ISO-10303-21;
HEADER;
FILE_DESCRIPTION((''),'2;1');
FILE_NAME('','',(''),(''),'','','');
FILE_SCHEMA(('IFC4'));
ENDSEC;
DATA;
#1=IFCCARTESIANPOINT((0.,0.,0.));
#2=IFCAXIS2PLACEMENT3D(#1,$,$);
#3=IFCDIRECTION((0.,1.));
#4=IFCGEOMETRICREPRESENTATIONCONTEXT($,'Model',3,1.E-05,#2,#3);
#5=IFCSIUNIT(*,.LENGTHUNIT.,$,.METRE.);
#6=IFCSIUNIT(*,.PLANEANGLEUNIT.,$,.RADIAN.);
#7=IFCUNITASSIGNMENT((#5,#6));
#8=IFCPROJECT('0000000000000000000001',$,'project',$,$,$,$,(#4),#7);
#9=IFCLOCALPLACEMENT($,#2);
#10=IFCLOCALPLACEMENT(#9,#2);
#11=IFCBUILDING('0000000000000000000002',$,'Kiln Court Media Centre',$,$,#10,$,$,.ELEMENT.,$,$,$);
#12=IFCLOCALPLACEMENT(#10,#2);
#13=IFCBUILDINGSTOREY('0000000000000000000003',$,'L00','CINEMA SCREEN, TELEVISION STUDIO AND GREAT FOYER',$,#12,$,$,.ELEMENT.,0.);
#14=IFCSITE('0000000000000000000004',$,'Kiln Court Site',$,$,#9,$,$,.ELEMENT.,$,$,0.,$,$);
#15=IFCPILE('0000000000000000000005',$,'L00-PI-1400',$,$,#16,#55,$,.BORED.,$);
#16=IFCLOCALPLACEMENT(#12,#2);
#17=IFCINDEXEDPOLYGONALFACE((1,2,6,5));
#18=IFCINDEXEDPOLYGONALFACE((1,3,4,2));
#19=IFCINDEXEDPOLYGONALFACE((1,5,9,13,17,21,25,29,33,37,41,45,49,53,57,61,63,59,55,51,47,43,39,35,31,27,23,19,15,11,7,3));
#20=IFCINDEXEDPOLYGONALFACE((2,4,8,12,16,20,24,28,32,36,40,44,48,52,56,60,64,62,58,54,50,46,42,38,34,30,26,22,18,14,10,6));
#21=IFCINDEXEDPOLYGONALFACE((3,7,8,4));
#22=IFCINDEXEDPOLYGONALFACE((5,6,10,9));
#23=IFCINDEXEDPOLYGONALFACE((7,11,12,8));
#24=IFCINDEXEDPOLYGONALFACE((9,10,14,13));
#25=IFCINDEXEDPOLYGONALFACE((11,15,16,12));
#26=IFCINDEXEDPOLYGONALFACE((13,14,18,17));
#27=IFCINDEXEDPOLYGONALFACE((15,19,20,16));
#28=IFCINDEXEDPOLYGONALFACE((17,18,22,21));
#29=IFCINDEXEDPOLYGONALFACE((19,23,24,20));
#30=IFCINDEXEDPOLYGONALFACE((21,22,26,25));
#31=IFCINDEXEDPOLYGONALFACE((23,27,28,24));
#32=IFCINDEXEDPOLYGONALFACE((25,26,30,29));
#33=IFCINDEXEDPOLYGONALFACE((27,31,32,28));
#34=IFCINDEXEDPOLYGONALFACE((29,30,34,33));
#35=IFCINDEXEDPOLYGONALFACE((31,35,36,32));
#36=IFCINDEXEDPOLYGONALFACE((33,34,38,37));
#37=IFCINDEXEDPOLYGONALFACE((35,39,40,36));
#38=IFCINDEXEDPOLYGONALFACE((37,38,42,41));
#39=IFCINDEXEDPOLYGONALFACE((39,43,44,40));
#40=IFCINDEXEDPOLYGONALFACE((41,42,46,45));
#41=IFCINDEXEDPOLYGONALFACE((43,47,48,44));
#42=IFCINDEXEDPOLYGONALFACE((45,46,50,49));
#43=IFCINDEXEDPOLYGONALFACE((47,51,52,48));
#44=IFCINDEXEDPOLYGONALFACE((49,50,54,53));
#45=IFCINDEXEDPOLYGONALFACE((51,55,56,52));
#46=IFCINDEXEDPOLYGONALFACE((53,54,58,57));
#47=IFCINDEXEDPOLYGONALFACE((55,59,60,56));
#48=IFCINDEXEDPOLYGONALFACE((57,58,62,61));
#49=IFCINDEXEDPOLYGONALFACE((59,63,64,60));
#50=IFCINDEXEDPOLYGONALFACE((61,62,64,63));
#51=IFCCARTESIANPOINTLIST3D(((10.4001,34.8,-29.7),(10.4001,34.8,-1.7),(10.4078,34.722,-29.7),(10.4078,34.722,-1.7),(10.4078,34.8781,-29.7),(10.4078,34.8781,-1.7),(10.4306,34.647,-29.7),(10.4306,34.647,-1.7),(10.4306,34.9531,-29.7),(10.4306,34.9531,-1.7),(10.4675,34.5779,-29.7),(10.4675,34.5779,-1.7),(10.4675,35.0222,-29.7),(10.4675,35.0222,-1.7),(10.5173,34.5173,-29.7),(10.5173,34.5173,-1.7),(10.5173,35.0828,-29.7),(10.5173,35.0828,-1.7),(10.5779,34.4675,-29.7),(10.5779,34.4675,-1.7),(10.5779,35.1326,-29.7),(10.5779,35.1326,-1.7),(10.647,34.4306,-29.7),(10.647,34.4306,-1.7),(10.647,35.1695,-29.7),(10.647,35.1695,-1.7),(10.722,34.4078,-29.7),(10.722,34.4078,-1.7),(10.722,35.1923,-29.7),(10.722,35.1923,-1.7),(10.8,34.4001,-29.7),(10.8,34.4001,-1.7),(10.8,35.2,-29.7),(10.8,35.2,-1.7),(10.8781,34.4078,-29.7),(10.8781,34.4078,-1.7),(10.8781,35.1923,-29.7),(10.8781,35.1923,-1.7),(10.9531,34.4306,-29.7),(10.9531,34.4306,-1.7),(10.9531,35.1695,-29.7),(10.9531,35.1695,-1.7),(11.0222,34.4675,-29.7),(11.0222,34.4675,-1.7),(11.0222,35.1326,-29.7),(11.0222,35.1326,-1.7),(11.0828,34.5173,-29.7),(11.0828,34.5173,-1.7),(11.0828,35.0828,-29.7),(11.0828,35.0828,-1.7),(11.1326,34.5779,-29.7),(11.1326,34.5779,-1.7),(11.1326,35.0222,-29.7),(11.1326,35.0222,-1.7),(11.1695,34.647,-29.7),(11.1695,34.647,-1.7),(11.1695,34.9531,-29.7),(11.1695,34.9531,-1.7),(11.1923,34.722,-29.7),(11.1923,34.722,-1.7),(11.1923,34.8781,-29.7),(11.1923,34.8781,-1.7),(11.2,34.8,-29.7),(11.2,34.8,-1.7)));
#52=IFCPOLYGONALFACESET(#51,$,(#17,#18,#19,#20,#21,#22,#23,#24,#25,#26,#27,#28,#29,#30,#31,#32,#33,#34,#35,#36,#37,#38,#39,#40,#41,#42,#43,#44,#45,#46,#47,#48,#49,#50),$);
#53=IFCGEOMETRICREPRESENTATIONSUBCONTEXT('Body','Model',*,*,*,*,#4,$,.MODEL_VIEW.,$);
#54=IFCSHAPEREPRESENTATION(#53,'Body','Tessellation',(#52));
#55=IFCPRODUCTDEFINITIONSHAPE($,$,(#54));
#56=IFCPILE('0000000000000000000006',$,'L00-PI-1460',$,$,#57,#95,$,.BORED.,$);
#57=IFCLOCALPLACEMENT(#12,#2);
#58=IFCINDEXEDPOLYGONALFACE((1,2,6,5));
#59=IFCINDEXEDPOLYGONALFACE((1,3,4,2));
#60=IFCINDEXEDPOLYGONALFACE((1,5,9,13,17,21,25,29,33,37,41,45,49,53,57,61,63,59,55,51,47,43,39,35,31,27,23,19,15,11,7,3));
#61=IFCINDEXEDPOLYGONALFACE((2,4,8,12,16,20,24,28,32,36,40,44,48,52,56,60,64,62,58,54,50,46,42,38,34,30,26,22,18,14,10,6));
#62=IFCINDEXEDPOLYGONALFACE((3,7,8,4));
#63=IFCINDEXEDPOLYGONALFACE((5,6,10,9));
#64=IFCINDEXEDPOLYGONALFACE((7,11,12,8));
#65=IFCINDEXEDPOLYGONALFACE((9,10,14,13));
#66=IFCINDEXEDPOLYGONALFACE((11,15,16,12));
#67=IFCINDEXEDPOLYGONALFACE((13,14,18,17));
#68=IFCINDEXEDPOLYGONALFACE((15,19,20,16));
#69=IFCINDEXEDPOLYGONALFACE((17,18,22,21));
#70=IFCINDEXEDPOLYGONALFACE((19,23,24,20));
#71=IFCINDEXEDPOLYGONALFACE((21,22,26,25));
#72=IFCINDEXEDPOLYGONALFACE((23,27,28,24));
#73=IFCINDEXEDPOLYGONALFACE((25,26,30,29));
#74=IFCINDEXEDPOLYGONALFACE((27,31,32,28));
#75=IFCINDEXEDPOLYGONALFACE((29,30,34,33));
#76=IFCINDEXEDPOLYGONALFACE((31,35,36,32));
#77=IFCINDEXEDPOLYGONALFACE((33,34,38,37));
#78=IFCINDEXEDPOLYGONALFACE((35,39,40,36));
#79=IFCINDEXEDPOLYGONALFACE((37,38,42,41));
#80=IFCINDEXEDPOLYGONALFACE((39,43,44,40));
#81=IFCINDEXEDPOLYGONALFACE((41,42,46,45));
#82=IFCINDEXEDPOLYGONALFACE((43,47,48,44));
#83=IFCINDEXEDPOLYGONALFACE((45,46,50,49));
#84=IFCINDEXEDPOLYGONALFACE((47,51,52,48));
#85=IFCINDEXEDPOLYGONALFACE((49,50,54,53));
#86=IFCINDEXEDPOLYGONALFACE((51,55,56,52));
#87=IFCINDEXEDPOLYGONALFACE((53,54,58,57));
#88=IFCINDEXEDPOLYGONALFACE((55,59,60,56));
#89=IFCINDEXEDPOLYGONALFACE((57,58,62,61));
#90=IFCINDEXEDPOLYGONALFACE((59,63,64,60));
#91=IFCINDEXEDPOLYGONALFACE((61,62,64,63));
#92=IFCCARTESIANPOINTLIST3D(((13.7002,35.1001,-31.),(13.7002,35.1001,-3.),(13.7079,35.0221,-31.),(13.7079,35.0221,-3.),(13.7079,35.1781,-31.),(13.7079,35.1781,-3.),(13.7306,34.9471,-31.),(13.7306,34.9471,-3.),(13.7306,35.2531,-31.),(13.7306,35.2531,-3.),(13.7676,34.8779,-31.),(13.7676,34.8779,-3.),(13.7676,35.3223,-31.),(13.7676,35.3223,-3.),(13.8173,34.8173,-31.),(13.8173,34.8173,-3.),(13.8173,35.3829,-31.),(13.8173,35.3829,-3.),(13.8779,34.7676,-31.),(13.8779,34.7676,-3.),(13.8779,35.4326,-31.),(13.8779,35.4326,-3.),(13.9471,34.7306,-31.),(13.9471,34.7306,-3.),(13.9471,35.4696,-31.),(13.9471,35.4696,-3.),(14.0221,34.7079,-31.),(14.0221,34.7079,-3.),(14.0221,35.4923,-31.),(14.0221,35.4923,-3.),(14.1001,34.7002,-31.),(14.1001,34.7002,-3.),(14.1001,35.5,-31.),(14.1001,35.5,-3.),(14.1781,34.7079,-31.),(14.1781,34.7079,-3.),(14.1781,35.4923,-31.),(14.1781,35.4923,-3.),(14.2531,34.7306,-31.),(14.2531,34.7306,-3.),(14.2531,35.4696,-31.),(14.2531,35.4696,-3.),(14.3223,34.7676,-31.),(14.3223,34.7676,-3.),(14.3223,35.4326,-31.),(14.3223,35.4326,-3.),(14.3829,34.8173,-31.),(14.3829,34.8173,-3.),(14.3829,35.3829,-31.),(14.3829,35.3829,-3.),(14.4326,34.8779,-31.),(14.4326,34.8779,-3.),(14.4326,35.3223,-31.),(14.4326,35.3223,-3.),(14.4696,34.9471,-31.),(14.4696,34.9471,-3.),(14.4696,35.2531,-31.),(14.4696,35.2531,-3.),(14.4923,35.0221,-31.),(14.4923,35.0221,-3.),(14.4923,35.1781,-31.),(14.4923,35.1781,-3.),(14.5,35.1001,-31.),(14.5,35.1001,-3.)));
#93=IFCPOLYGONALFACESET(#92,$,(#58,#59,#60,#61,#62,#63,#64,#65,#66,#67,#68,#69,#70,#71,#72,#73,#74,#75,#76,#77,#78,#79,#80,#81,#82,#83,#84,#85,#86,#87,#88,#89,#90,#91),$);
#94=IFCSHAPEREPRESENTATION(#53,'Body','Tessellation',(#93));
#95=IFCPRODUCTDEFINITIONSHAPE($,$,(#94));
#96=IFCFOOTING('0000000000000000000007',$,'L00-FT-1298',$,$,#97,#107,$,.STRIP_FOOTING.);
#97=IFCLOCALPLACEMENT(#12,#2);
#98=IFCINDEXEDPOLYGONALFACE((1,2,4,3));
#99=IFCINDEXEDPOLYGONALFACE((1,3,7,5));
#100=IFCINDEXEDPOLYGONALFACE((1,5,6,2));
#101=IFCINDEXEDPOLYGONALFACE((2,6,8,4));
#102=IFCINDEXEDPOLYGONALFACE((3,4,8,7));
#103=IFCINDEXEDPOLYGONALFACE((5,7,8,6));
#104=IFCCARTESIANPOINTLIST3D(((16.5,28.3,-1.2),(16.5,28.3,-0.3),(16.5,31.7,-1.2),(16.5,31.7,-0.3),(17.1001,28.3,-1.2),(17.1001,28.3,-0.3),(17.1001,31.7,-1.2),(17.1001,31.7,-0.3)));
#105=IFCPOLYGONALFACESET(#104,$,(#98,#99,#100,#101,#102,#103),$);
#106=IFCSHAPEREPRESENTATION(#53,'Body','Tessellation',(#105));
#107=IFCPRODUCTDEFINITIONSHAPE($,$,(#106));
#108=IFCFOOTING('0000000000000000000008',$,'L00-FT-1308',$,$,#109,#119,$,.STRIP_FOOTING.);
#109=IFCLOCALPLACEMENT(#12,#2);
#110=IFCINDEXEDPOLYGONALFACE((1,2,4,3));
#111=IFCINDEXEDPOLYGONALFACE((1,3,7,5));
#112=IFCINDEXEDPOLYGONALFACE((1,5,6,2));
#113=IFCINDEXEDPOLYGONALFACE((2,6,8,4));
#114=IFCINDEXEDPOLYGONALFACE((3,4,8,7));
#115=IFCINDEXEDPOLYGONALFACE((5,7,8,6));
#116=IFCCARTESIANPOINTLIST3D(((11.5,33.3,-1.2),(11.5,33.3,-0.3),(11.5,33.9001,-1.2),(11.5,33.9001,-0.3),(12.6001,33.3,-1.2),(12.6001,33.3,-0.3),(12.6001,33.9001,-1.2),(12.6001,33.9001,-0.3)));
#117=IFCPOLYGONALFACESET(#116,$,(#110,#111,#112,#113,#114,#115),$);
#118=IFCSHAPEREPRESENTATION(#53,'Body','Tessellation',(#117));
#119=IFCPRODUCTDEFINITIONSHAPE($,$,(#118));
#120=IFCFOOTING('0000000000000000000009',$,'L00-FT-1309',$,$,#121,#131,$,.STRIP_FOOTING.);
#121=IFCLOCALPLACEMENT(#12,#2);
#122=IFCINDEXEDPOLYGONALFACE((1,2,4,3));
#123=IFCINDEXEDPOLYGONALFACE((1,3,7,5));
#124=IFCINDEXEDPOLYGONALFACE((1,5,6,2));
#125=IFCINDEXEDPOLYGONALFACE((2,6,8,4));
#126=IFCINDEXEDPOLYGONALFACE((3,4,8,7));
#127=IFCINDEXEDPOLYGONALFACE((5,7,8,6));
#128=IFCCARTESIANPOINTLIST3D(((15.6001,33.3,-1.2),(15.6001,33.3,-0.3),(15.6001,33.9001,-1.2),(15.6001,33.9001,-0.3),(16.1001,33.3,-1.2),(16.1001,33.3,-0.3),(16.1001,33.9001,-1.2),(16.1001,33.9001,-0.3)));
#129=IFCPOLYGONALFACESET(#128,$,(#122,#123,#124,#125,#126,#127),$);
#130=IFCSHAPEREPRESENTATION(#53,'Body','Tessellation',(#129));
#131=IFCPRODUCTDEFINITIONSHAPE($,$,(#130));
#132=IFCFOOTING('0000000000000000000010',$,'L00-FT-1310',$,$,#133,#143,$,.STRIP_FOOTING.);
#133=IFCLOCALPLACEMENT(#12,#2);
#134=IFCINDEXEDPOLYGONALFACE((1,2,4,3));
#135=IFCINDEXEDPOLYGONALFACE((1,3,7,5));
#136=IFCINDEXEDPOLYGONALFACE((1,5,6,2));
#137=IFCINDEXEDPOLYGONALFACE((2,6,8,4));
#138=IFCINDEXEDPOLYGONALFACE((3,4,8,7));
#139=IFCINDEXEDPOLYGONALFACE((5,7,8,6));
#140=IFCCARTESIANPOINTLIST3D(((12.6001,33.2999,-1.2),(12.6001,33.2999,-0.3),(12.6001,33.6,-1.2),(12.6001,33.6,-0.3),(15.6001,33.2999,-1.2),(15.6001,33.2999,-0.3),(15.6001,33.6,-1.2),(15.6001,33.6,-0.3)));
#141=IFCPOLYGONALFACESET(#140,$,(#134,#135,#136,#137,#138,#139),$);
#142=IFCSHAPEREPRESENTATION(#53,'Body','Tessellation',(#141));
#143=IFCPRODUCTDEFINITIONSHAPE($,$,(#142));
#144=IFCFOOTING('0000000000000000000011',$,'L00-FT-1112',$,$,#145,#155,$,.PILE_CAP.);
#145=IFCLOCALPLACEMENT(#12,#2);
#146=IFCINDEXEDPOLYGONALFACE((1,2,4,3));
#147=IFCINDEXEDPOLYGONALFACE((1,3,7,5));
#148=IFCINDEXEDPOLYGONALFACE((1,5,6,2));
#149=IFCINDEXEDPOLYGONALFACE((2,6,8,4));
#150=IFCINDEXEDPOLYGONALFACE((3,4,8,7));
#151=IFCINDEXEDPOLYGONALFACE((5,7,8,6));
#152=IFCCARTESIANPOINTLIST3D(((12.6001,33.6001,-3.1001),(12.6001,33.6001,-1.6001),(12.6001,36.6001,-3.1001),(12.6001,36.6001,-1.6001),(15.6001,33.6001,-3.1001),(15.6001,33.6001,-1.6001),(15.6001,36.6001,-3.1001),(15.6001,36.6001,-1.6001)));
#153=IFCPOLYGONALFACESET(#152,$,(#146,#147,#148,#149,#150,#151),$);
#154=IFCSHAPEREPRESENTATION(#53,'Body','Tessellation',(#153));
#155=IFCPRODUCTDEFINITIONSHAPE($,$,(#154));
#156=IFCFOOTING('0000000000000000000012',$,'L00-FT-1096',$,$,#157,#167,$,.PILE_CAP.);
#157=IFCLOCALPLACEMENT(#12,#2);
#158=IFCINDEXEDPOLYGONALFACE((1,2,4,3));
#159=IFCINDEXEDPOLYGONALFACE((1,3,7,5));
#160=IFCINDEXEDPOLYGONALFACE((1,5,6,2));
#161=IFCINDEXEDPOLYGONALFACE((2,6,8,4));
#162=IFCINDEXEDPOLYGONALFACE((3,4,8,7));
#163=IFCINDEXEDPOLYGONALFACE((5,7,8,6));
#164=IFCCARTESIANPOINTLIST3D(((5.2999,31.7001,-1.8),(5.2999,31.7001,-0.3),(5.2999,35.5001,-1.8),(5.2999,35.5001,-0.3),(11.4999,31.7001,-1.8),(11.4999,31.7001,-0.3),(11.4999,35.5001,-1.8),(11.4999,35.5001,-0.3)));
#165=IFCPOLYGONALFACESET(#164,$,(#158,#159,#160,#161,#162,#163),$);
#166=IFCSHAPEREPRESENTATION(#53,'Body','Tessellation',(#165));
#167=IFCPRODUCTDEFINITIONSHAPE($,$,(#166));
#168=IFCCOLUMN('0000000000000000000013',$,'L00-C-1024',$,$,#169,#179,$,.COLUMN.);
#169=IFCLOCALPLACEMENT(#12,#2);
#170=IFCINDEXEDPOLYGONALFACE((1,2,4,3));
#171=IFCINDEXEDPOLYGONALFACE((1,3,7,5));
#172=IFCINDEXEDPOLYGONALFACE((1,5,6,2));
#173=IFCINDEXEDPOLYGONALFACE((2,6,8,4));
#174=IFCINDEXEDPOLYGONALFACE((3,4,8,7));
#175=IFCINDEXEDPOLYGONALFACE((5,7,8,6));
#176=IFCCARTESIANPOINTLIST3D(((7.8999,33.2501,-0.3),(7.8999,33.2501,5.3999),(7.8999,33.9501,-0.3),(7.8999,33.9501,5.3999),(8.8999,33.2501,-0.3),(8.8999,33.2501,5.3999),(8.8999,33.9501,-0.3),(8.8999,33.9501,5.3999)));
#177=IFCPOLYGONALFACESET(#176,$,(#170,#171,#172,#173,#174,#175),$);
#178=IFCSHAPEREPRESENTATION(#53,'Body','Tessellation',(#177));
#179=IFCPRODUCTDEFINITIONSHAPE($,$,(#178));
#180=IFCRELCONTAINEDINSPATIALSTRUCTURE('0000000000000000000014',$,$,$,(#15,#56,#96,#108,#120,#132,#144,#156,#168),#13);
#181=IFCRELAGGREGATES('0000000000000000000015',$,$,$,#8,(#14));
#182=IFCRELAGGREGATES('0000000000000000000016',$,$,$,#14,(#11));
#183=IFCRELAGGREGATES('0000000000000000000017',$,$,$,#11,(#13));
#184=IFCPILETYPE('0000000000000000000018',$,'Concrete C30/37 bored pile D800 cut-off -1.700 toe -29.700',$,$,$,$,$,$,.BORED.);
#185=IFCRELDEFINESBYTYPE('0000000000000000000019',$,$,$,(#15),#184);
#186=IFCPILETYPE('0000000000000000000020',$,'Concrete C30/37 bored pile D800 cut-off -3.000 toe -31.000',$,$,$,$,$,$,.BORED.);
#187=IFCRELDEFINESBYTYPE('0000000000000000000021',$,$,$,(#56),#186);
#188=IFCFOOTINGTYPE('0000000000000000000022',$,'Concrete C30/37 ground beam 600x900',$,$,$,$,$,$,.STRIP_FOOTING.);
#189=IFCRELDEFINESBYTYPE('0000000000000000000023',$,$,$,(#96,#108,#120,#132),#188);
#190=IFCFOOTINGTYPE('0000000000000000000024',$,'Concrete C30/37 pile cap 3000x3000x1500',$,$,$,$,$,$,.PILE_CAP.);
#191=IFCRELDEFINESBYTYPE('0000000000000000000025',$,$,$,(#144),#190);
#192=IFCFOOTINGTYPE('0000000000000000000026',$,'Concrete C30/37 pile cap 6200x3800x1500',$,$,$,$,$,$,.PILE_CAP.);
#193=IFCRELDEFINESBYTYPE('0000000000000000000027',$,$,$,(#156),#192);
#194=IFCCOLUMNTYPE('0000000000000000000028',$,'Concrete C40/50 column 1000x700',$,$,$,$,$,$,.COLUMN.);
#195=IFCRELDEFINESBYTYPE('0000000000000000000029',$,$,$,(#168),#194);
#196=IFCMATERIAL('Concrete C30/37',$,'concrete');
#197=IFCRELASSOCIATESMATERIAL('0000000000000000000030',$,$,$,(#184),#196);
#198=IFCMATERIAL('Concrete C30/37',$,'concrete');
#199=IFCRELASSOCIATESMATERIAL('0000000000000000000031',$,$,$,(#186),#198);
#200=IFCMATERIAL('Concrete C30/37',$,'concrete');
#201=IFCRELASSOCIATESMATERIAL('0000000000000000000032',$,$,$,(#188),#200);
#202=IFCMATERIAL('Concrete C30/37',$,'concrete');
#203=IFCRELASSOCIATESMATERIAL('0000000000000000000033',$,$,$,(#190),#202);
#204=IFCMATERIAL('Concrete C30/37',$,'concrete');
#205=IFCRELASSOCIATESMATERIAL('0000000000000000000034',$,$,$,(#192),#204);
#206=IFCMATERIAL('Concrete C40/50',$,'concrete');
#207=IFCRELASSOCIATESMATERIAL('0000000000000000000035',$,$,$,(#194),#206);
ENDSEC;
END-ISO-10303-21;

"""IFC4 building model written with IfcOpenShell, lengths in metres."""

from ifc_helpers import new_model, si_unit, direction, frame, origin, origin_2d, place, context, subcontext, project, spatial, rectangle, circle, extrude, material, material_profile, profile_set, type_object, element, save


model = new_model("IFC4")

# Units and contexts
model_context = context("Model", 3, precision=1e-05, world=origin(), true_north=direction((0.0, 1.0)))
body_context = subcontext(model_context, "Body", "Model", "MODEL_VIEW")
ifc_project = project(units=[si_unit("LENGTHUNIT", "METRE"), si_unit("PLANEANGLEUNIT", "RADIAN")], contexts=[model_context])

# Site, building, storey
site_placement = place(None, origin())
site = spatial("IfcSite", under=ifc_project, at=site_placement, Name="Kiln Court Site", CompositionType="ELEMENT", RefElevation=0.0)
building_placement = place(site_placement, origin())
building = spatial("IfcBuilding", under=site, at=building_placement, Name="Kiln Court Media Centre", CompositionType="ELEMENT")
storey_placement = place(building_placement, origin())
storey = spatial("IfcBuildingStorey", under=building, at=storey_placement, Name="L00", Description="CINEMA SCREEN, TELEVISION STUDIO AND GREAT FOYER", CompositionType="ELEMENT", Elevation=0.0)

# Piles
ifc_material_1 = material(Name="Concrete C30/37", Category="concrete")
ifc_material_profile_1 = material_profile(ifc_material_1, circle(Radius=0.3999, at=origin_2d()), Name="PILE D800")
ifc_profile_set_1 = profile_set([ifc_material_profile_1], Name="Concrete C30/37")
pile_type_1 = type_object("IfcPileType", Name="Concrete C30/37 bored pile D800 cut-off -1.700 toe -29.700", PredefinedType="BORED", material=ifc_profile_set_1)
for number, where, z_axis, x_axis, name in (
    (1, (10.8, 34.8, -1.7), (0.0, 0.0, -1.0), (1.0, 0.0, 0.0), "L00-PI-1400"),
):
    element("IfcPile", number, at=place(storey_placement, frame(where, z_axis=z_axis, x_axis=x_axis)), inside=storey, type_object=pile_type_1, Name=name, PredefinedType="BORED", context=body_context, shape_type="SweptSolid", body=[
        extrude(circle(Radius=0.3999, at=origin_2d()), origin(), (0.0, 0.0, 1.0), 28.0),
    ])
ifc_material_2 = material(Name="Concrete C30/37", Category="concrete")
ifc_material_profile_2 = material_profile(ifc_material_2, circle(Radius=0.3999, at=origin_2d()), Name="PILE D800")
ifc_profile_set_2 = profile_set([ifc_material_profile_2], Name="Concrete C30/37")
pile_type_2 = type_object("IfcPileType", Name="Concrete C30/37 bored pile D800 cut-off -3.000 toe -31.000", PredefinedType="BORED", material=ifc_profile_set_2)
pile_placement = place(storey_placement, frame((14.1001, 35.1001, -3.0), z_axis=(0.0, 0.0, -1.0), x_axis=(1.0, 0.0, 0.0)))
element("IfcPile", 2, at=pile_placement, inside=storey, type_object=pile_type_2, Name="L00-PI-1460", PredefinedType="BORED", context=body_context, shape_type="SweptSolid", body=[
    extrude(circle(Radius=0.3999, at=origin_2d()), origin(), (0.0, 0.0, 1.0), 28.0),
])

# Footings
ifc_material_3 = material(Name="Concrete C30/37", Category="concrete")
footing_type_1 = type_object("IfcFootingType", Name="Concrete C30/37 ground beam 600x900", PredefinedType="STRIP_FOOTING", material=ifc_material_3)
footing_1_placement = place(storey_placement, frame((16.8, 30.0, -1.2), z_axis=(0.0, 0.0, 1.0), x_axis=(1.0, 0.0, 0.0)))
element("IfcFooting", 3, at=footing_1_placement, inside=storey, type_object=footing_type_1, Name="L00-FT-1298", PredefinedType="STRIP_FOOTING", context=body_context, shape_type="SweptSolid", body=[
    extrude(rectangle(XDim=0.6001, YDim=3.3999, at=origin_2d()), origin(), (0.0, 0.0, 1.0), 0.8999),
])
footing_2_placement = place(storey_placement, frame((12.05, 33.6001, -1.2), z_axis=(0.0, 0.0, 1.0), x_axis=(1.0, 0.0, 0.0)))
element("IfcFooting", 4, at=footing_2_placement, inside=storey, type_object=footing_type_1, Name="L00-FT-1308", PredefinedType="STRIP_FOOTING", context=body_context, shape_type="SweptSolid", body=[
    extrude(rectangle(XDim=1.1001, YDim=0.6001, at=origin_2d()), origin(), (0.0, 0.0, 1.0), 0.8999),
])
footing_3_placement = place(storey_placement, frame((15.8501, 33.6001, -1.2), z_axis=(0.0, 0.0, 1.0), x_axis=(1.0, 0.0, 0.0)))
element("IfcFooting", 5, at=footing_3_placement, inside=storey, type_object=footing_type_1, Name="L00-FT-1309", PredefinedType="STRIP_FOOTING", context=body_context, shape_type="SweptSolid", body=[
    extrude(rectangle(XDim=0.5, YDim=0.6001, at=origin_2d()), origin(), (0.0, 0.0, 1.0), 0.8999),
])
footing_4_placement = place(storey_placement, frame((14.1001, 33.45, -1.2), z_axis=(0.0, 0.0, 1.0), x_axis=(1.0, 0.0, 0.0)))
element("IfcFooting", 6, at=footing_4_placement, inside=storey, type_object=footing_type_1, Name="L00-FT-1310", PredefinedType="STRIP_FOOTING", context=body_context, shape_type="SweptSolid", body=[
    extrude(rectangle(XDim=3.0, YDim=0.3, at=origin_2d()), origin(), (0.0, 0.0, 1.0), 0.8999),
])
ifc_material_4 = material(Name="Concrete C30/37", Category="concrete")
footing_type_2 = type_object("IfcFootingType", Name="Concrete C30/37 pile cap 3000x3000x1500", PredefinedType="PILE_CAP", material=ifc_material_4)
footing_5_placement = place(storey_placement, frame((14.1001, 35.1001, -3.1001), z_axis=(0.0, 0.0, 1.0), x_axis=(1.0, 0.0, 0.0)))
element("IfcFooting", 7, at=footing_5_placement, inside=storey, type_object=footing_type_2, Name="L00-FT-1112", PredefinedType="PILE_CAP", context=body_context, shape_type="SweptSolid", body=[
    extrude(rectangle(XDim=3.0, YDim=3.0, at=origin_2d()), origin(), (0.0, 0.0, 1.0), 1.5),
])
ifc_material_5 = material(Name="Concrete C30/37", Category="concrete")
footing_type_3 = type_object("IfcFootingType", Name="Concrete C30/37 pile cap 6200x3800x1500", PredefinedType="PILE_CAP", material=ifc_material_5)
footing_6_placement = place(storey_placement, frame((8.3999, 33.6001, -1.8), z_axis=(0.0, 0.0, 1.0), x_axis=(1.0, 0.0, 0.0)))
element("IfcFooting", 8, at=footing_6_placement, inside=storey, type_object=footing_type_3, Name="L00-FT-1096", PredefinedType="PILE_CAP", context=body_context, shape_type="SweptSolid", body=[
    extrude(rectangle(XDim=6.2, YDim=3.8, at=origin_2d()), origin(), (0.0, 0.0, 1.0), 1.5),
])

# Column
ifc_material_6 = material(Name="Concrete C40/50", Category="concrete")
ifc_material_profile_3 = material_profile(ifc_material_6, rectangle(XDim=1.0, YDim=0.7, at=origin_2d()), Name="RC 1000x700")
ifc_profile_set_3 = profile_set([ifc_material_profile_3], Name="Concrete C40/50")
column_type_1 = type_object("IfcColumnType", Name="Concrete C40/50 column 1000x700", PredefinedType="COLUMN", material=ifc_profile_set_3)
column_placement = place(storey_placement, frame((8.3999, 33.6001, -0.3), z_axis=(0.0, 0.0, 1.0), x_axis=(1.0, 0.0, 0.0)))
element("IfcColumn", 9, at=column_placement, inside=storey, type_object=column_type_1, Name="L00-C-1024", PredefinedType="COLUMN", context=body_context, shape_type="SweptSolid", body=[
    extrude(rectangle(XDim=1.0, YDim=0.7, at=origin_2d()), origin(), (0.0, 0.0, 1.0), 5.7),
])

save(model, "model.ifc")
